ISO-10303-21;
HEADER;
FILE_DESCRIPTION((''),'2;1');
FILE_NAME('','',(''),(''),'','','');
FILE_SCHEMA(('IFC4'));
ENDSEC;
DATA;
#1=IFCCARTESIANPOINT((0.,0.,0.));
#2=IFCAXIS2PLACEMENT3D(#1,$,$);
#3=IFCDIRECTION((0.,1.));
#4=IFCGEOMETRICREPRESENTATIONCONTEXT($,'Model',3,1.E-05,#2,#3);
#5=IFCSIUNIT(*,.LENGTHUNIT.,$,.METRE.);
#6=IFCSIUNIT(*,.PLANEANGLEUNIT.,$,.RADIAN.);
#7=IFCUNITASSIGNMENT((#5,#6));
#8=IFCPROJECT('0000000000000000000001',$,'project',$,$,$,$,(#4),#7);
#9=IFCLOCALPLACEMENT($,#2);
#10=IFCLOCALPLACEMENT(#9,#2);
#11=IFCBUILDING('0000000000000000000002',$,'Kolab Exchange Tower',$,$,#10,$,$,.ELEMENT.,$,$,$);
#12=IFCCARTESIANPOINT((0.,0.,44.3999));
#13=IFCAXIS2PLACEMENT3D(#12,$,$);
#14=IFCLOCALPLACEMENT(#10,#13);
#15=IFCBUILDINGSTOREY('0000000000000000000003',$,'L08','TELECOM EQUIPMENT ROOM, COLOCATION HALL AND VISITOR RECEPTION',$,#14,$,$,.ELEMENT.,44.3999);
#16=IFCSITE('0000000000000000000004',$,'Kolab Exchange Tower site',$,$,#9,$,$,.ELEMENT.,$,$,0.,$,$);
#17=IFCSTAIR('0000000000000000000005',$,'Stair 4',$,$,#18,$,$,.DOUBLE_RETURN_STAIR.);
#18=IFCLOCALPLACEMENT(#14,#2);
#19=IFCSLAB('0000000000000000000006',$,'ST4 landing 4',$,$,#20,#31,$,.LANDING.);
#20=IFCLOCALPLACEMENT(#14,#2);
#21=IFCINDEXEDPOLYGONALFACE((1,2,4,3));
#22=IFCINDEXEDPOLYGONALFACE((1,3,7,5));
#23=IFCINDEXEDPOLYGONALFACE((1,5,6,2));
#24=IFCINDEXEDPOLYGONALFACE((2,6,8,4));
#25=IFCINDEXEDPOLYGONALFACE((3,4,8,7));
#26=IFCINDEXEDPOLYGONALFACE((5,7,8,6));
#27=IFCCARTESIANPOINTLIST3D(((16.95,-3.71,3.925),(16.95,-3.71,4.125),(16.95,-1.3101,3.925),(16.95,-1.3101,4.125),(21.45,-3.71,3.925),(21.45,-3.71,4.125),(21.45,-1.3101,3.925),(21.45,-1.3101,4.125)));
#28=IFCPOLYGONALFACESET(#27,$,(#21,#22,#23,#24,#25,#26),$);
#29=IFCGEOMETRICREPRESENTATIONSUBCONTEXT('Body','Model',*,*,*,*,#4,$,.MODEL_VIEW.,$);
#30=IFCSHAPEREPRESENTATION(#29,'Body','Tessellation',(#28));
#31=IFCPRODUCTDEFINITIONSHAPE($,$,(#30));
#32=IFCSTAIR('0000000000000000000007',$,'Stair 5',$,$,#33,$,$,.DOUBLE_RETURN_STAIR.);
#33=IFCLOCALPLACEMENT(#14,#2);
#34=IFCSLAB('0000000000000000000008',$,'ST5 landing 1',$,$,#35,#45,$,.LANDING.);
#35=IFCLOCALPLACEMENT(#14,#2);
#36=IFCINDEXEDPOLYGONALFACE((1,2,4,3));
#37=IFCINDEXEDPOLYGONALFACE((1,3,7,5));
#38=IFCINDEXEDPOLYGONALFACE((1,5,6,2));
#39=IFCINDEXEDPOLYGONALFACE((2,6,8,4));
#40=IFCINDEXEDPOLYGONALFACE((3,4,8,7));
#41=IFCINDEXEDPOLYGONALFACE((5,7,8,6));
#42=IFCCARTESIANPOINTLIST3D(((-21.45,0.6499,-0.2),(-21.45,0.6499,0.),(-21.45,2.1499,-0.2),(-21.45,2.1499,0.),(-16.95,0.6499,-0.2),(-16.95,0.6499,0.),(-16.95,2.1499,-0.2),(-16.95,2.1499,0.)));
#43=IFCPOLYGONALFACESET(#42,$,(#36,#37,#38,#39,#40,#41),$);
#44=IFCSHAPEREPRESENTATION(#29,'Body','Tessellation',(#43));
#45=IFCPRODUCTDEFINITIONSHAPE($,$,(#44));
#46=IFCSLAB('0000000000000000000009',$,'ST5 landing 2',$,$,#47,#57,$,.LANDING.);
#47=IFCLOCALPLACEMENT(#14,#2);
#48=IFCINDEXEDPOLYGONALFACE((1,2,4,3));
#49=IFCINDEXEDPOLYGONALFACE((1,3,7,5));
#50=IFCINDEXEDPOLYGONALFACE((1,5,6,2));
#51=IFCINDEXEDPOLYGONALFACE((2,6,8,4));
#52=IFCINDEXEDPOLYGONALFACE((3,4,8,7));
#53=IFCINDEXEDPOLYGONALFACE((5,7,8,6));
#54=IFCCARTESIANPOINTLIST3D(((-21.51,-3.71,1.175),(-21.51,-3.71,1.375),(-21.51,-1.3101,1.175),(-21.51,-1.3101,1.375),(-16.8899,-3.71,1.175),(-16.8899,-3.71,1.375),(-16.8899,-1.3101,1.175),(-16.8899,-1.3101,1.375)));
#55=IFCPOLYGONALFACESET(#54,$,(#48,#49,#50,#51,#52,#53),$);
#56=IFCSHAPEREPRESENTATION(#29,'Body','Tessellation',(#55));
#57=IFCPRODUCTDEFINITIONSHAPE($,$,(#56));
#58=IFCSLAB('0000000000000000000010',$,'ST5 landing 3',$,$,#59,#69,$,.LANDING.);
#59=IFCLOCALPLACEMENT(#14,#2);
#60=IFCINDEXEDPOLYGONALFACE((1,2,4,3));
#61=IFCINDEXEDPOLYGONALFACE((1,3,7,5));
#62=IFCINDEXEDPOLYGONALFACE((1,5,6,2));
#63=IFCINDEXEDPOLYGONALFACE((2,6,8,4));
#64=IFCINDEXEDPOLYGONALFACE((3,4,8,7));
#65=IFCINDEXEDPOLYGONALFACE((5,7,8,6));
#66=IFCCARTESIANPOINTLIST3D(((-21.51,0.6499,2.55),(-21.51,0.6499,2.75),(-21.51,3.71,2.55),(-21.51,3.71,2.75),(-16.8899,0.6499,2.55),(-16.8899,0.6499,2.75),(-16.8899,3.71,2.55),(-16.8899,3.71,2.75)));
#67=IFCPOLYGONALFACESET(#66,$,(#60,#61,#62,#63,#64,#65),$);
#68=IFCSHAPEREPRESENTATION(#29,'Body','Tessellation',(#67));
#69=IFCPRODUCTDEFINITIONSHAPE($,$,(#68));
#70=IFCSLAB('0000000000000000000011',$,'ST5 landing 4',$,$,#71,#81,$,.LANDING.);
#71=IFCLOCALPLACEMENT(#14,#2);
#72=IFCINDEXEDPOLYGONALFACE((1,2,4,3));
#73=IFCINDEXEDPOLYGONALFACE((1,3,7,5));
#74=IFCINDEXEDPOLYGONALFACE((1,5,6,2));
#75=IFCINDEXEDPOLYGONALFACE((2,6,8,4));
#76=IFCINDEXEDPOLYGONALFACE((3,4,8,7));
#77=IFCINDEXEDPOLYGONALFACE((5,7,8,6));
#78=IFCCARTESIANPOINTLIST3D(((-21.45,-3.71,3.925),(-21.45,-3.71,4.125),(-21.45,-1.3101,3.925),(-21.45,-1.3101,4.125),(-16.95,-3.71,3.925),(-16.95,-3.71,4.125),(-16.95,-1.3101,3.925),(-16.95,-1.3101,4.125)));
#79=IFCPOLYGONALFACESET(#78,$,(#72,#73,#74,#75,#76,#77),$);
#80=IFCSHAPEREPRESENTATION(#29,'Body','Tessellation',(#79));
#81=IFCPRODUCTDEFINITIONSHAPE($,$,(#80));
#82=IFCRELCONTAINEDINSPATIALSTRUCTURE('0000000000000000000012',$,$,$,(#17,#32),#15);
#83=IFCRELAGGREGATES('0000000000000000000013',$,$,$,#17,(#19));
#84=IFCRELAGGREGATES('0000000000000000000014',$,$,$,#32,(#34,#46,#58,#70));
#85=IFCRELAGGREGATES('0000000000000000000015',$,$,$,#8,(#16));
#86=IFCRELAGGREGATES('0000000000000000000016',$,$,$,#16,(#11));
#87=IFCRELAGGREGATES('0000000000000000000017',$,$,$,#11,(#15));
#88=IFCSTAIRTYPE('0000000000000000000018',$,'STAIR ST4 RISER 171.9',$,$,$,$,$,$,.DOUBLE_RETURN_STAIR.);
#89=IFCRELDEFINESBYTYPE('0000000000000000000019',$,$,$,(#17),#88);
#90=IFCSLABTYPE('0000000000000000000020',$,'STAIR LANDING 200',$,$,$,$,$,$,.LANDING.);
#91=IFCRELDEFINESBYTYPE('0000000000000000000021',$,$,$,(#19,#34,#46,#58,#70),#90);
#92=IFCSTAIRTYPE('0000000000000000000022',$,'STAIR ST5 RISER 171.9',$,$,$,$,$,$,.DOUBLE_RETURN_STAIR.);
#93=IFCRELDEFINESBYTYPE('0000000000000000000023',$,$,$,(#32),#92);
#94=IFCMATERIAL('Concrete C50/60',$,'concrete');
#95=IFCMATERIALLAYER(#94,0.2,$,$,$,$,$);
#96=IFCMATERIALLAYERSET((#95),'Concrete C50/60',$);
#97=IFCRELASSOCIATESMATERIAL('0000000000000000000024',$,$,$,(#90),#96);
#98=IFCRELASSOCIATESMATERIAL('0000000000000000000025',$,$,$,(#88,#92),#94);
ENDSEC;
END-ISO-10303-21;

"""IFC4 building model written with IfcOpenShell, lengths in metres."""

from ifc_helpers import new_model, si_unit, direction, frame, origin, place, context, subcontext, project, spatial, polyline, outline, extrude, material, layer, layer_set, type_object, element, aggregate, save


model = new_model("IFC4")

# Units and contexts
model_context = context("Model", 3, precision=1e-05, world=origin(), true_north=direction((0.0, 1.0)))
body_context = subcontext(model_context, "Body", "Model", "MODEL_VIEW")
ifc_project = project(units=[si_unit("LENGTHUNIT", "METRE"), si_unit("PLANEANGLEUNIT", "RADIAN")], contexts=[model_context])

# Site, building, storey
site_placement = place(None, origin())
site = spatial("IfcSite", under=ifc_project, at=site_placement, Name="Kolab Exchange Tower site", CompositionType="ELEMENT", RefElevation=0.0)
building_placement = place(site_placement, origin())
building = spatial("IfcBuilding", under=site, at=building_placement, Name="Kolab Exchange Tower", CompositionType="ELEMENT")
storey_placement = place(building_placement, frame((0.0, 0.0, 44.3999)))
storey = spatial("IfcBuildingStorey", under=building, at=storey_placement, Name="L08", Description="TELECOM EQUIPMENT ROOM, COLOCATION HALL AND VISITOR RECEPTION", CompositionType="ELEMENT", Elevation=44.3999)

# Stairs, slabs
ifc_material = material(Name="Concrete C50/60", Category="concrete")
ifc_layer = layer(ifc_material, 0.2)
ifc_layer_set = layer_set([ifc_layer], Name="Concrete C50/60")
slab_type = type_object("IfcSlabType", Name="STAIR LANDING 200", PredefinedType="LANDING", material=ifc_layer_set)
stair_type_1 = type_object("IfcStairType", Name="STAIR ST4 RISER 171.9", PredefinedType="DOUBLE_RETURN_STAIR", material=ifc_material)
stair_1_placement = place(storey_placement, origin())
stair_1 = element("IfcStair", 1, at=stair_1_placement, inside=storey, type_object=stair_type_1, Name="Stair 4", PredefinedType="DOUBLE_RETURN_STAIR")
slab_1_placement = place(storey_placement, frame((0.0, 0.0, 3.925)))
slab_1 = element("IfcSlab", 2, at=slab_1_placement, type_object=slab_type, Name="ST4 landing 4", PredefinedType="LANDING", context=body_context, shape_type="SweptSolid", body=[
    extrude(outline(polyline([(16.95, -3.71), (21.45, -3.71), (21.45, -1.3101), (16.95, -1.3101), (16.95, -3.71)])), origin(), (0.0, 0.0, 1.0), 0.2),
])
aggregate(stair_1, [slab_1])
stair_type_2 = type_object("IfcStairType", Name="STAIR ST5 RISER 171.9", PredefinedType="DOUBLE_RETURN_STAIR", material=ifc_material)
stair_2_placement = place(storey_placement, origin())
stair_2 = element("IfcStair", 3, at=stair_2_placement, inside=storey, type_object=stair_type_2, Name="Stair 5", PredefinedType="DOUBLE_RETURN_STAIR")
slab_2_placement = place(storey_placement, frame((0.0, 0.0, -0.2)))
slab_2 = element("IfcSlab", 4, at=slab_2_placement, type_object=slab_type, Name="ST5 landing 1", PredefinedType="LANDING", context=body_context, shape_type="SweptSolid", body=[
    extrude(outline(polyline([(-21.45, 0.6499), (-16.95, 0.6499), (-16.95, 2.1499), (-21.45, 2.1499), (-21.45, 0.6499)])), origin(), (0.0, 0.0, 1.0), 0.2),
])
slab_3_placement = place(storey_placement, frame((0.0, 0.0, 1.175)))
slab_3 = element("IfcSlab", 5, at=slab_3_placement, type_object=slab_type, Name="ST5 landing 2", PredefinedType="LANDING", context=body_context, shape_type="SweptSolid", body=[
    extrude(outline(polyline([(-21.51, -3.71), (-16.8899, -3.71), (-16.8899, -1.3101), (-21.51, -1.3101), (-21.51, -3.71)])), origin(), (0.0, 0.0, 1.0), 0.2),
])
slab_4_placement = place(storey_placement, frame((0.0, 0.0, 2.55)))
slab_4 = element("IfcSlab", 6, at=slab_4_placement, type_object=slab_type, Name="ST5 landing 3", PredefinedType="LANDING", context=body_context, shape_type="SweptSolid", body=[
    extrude(outline(polyline([(-21.51, 0.6499), (-16.8899, 0.6499), (-16.8899, 3.71), (-21.51, 3.71), (-21.51, 0.6499)])), origin(), (0.0, 0.0, 1.0), 0.2),
])
slab_5_placement = place(storey_placement, frame((0.0, 0.0, 3.925)))
slab_5 = element("IfcSlab", 7, at=slab_5_placement, type_object=slab_type, Name="ST5 landing 4", PredefinedType="LANDING", context=body_context, shape_type="SweptSolid", body=[
    extrude(outline(polyline([(-21.45, -3.71), (-16.95, -3.71), (-16.95, -1.3101), (-21.45, -1.3101), (-21.45, -3.71)])), origin(), (0.0, 0.0, 1.0), 0.2),
])
aggregate(stair_2, [slab_2, slab_3, slab_4, slab_5])

save(model, "model.ifc")
